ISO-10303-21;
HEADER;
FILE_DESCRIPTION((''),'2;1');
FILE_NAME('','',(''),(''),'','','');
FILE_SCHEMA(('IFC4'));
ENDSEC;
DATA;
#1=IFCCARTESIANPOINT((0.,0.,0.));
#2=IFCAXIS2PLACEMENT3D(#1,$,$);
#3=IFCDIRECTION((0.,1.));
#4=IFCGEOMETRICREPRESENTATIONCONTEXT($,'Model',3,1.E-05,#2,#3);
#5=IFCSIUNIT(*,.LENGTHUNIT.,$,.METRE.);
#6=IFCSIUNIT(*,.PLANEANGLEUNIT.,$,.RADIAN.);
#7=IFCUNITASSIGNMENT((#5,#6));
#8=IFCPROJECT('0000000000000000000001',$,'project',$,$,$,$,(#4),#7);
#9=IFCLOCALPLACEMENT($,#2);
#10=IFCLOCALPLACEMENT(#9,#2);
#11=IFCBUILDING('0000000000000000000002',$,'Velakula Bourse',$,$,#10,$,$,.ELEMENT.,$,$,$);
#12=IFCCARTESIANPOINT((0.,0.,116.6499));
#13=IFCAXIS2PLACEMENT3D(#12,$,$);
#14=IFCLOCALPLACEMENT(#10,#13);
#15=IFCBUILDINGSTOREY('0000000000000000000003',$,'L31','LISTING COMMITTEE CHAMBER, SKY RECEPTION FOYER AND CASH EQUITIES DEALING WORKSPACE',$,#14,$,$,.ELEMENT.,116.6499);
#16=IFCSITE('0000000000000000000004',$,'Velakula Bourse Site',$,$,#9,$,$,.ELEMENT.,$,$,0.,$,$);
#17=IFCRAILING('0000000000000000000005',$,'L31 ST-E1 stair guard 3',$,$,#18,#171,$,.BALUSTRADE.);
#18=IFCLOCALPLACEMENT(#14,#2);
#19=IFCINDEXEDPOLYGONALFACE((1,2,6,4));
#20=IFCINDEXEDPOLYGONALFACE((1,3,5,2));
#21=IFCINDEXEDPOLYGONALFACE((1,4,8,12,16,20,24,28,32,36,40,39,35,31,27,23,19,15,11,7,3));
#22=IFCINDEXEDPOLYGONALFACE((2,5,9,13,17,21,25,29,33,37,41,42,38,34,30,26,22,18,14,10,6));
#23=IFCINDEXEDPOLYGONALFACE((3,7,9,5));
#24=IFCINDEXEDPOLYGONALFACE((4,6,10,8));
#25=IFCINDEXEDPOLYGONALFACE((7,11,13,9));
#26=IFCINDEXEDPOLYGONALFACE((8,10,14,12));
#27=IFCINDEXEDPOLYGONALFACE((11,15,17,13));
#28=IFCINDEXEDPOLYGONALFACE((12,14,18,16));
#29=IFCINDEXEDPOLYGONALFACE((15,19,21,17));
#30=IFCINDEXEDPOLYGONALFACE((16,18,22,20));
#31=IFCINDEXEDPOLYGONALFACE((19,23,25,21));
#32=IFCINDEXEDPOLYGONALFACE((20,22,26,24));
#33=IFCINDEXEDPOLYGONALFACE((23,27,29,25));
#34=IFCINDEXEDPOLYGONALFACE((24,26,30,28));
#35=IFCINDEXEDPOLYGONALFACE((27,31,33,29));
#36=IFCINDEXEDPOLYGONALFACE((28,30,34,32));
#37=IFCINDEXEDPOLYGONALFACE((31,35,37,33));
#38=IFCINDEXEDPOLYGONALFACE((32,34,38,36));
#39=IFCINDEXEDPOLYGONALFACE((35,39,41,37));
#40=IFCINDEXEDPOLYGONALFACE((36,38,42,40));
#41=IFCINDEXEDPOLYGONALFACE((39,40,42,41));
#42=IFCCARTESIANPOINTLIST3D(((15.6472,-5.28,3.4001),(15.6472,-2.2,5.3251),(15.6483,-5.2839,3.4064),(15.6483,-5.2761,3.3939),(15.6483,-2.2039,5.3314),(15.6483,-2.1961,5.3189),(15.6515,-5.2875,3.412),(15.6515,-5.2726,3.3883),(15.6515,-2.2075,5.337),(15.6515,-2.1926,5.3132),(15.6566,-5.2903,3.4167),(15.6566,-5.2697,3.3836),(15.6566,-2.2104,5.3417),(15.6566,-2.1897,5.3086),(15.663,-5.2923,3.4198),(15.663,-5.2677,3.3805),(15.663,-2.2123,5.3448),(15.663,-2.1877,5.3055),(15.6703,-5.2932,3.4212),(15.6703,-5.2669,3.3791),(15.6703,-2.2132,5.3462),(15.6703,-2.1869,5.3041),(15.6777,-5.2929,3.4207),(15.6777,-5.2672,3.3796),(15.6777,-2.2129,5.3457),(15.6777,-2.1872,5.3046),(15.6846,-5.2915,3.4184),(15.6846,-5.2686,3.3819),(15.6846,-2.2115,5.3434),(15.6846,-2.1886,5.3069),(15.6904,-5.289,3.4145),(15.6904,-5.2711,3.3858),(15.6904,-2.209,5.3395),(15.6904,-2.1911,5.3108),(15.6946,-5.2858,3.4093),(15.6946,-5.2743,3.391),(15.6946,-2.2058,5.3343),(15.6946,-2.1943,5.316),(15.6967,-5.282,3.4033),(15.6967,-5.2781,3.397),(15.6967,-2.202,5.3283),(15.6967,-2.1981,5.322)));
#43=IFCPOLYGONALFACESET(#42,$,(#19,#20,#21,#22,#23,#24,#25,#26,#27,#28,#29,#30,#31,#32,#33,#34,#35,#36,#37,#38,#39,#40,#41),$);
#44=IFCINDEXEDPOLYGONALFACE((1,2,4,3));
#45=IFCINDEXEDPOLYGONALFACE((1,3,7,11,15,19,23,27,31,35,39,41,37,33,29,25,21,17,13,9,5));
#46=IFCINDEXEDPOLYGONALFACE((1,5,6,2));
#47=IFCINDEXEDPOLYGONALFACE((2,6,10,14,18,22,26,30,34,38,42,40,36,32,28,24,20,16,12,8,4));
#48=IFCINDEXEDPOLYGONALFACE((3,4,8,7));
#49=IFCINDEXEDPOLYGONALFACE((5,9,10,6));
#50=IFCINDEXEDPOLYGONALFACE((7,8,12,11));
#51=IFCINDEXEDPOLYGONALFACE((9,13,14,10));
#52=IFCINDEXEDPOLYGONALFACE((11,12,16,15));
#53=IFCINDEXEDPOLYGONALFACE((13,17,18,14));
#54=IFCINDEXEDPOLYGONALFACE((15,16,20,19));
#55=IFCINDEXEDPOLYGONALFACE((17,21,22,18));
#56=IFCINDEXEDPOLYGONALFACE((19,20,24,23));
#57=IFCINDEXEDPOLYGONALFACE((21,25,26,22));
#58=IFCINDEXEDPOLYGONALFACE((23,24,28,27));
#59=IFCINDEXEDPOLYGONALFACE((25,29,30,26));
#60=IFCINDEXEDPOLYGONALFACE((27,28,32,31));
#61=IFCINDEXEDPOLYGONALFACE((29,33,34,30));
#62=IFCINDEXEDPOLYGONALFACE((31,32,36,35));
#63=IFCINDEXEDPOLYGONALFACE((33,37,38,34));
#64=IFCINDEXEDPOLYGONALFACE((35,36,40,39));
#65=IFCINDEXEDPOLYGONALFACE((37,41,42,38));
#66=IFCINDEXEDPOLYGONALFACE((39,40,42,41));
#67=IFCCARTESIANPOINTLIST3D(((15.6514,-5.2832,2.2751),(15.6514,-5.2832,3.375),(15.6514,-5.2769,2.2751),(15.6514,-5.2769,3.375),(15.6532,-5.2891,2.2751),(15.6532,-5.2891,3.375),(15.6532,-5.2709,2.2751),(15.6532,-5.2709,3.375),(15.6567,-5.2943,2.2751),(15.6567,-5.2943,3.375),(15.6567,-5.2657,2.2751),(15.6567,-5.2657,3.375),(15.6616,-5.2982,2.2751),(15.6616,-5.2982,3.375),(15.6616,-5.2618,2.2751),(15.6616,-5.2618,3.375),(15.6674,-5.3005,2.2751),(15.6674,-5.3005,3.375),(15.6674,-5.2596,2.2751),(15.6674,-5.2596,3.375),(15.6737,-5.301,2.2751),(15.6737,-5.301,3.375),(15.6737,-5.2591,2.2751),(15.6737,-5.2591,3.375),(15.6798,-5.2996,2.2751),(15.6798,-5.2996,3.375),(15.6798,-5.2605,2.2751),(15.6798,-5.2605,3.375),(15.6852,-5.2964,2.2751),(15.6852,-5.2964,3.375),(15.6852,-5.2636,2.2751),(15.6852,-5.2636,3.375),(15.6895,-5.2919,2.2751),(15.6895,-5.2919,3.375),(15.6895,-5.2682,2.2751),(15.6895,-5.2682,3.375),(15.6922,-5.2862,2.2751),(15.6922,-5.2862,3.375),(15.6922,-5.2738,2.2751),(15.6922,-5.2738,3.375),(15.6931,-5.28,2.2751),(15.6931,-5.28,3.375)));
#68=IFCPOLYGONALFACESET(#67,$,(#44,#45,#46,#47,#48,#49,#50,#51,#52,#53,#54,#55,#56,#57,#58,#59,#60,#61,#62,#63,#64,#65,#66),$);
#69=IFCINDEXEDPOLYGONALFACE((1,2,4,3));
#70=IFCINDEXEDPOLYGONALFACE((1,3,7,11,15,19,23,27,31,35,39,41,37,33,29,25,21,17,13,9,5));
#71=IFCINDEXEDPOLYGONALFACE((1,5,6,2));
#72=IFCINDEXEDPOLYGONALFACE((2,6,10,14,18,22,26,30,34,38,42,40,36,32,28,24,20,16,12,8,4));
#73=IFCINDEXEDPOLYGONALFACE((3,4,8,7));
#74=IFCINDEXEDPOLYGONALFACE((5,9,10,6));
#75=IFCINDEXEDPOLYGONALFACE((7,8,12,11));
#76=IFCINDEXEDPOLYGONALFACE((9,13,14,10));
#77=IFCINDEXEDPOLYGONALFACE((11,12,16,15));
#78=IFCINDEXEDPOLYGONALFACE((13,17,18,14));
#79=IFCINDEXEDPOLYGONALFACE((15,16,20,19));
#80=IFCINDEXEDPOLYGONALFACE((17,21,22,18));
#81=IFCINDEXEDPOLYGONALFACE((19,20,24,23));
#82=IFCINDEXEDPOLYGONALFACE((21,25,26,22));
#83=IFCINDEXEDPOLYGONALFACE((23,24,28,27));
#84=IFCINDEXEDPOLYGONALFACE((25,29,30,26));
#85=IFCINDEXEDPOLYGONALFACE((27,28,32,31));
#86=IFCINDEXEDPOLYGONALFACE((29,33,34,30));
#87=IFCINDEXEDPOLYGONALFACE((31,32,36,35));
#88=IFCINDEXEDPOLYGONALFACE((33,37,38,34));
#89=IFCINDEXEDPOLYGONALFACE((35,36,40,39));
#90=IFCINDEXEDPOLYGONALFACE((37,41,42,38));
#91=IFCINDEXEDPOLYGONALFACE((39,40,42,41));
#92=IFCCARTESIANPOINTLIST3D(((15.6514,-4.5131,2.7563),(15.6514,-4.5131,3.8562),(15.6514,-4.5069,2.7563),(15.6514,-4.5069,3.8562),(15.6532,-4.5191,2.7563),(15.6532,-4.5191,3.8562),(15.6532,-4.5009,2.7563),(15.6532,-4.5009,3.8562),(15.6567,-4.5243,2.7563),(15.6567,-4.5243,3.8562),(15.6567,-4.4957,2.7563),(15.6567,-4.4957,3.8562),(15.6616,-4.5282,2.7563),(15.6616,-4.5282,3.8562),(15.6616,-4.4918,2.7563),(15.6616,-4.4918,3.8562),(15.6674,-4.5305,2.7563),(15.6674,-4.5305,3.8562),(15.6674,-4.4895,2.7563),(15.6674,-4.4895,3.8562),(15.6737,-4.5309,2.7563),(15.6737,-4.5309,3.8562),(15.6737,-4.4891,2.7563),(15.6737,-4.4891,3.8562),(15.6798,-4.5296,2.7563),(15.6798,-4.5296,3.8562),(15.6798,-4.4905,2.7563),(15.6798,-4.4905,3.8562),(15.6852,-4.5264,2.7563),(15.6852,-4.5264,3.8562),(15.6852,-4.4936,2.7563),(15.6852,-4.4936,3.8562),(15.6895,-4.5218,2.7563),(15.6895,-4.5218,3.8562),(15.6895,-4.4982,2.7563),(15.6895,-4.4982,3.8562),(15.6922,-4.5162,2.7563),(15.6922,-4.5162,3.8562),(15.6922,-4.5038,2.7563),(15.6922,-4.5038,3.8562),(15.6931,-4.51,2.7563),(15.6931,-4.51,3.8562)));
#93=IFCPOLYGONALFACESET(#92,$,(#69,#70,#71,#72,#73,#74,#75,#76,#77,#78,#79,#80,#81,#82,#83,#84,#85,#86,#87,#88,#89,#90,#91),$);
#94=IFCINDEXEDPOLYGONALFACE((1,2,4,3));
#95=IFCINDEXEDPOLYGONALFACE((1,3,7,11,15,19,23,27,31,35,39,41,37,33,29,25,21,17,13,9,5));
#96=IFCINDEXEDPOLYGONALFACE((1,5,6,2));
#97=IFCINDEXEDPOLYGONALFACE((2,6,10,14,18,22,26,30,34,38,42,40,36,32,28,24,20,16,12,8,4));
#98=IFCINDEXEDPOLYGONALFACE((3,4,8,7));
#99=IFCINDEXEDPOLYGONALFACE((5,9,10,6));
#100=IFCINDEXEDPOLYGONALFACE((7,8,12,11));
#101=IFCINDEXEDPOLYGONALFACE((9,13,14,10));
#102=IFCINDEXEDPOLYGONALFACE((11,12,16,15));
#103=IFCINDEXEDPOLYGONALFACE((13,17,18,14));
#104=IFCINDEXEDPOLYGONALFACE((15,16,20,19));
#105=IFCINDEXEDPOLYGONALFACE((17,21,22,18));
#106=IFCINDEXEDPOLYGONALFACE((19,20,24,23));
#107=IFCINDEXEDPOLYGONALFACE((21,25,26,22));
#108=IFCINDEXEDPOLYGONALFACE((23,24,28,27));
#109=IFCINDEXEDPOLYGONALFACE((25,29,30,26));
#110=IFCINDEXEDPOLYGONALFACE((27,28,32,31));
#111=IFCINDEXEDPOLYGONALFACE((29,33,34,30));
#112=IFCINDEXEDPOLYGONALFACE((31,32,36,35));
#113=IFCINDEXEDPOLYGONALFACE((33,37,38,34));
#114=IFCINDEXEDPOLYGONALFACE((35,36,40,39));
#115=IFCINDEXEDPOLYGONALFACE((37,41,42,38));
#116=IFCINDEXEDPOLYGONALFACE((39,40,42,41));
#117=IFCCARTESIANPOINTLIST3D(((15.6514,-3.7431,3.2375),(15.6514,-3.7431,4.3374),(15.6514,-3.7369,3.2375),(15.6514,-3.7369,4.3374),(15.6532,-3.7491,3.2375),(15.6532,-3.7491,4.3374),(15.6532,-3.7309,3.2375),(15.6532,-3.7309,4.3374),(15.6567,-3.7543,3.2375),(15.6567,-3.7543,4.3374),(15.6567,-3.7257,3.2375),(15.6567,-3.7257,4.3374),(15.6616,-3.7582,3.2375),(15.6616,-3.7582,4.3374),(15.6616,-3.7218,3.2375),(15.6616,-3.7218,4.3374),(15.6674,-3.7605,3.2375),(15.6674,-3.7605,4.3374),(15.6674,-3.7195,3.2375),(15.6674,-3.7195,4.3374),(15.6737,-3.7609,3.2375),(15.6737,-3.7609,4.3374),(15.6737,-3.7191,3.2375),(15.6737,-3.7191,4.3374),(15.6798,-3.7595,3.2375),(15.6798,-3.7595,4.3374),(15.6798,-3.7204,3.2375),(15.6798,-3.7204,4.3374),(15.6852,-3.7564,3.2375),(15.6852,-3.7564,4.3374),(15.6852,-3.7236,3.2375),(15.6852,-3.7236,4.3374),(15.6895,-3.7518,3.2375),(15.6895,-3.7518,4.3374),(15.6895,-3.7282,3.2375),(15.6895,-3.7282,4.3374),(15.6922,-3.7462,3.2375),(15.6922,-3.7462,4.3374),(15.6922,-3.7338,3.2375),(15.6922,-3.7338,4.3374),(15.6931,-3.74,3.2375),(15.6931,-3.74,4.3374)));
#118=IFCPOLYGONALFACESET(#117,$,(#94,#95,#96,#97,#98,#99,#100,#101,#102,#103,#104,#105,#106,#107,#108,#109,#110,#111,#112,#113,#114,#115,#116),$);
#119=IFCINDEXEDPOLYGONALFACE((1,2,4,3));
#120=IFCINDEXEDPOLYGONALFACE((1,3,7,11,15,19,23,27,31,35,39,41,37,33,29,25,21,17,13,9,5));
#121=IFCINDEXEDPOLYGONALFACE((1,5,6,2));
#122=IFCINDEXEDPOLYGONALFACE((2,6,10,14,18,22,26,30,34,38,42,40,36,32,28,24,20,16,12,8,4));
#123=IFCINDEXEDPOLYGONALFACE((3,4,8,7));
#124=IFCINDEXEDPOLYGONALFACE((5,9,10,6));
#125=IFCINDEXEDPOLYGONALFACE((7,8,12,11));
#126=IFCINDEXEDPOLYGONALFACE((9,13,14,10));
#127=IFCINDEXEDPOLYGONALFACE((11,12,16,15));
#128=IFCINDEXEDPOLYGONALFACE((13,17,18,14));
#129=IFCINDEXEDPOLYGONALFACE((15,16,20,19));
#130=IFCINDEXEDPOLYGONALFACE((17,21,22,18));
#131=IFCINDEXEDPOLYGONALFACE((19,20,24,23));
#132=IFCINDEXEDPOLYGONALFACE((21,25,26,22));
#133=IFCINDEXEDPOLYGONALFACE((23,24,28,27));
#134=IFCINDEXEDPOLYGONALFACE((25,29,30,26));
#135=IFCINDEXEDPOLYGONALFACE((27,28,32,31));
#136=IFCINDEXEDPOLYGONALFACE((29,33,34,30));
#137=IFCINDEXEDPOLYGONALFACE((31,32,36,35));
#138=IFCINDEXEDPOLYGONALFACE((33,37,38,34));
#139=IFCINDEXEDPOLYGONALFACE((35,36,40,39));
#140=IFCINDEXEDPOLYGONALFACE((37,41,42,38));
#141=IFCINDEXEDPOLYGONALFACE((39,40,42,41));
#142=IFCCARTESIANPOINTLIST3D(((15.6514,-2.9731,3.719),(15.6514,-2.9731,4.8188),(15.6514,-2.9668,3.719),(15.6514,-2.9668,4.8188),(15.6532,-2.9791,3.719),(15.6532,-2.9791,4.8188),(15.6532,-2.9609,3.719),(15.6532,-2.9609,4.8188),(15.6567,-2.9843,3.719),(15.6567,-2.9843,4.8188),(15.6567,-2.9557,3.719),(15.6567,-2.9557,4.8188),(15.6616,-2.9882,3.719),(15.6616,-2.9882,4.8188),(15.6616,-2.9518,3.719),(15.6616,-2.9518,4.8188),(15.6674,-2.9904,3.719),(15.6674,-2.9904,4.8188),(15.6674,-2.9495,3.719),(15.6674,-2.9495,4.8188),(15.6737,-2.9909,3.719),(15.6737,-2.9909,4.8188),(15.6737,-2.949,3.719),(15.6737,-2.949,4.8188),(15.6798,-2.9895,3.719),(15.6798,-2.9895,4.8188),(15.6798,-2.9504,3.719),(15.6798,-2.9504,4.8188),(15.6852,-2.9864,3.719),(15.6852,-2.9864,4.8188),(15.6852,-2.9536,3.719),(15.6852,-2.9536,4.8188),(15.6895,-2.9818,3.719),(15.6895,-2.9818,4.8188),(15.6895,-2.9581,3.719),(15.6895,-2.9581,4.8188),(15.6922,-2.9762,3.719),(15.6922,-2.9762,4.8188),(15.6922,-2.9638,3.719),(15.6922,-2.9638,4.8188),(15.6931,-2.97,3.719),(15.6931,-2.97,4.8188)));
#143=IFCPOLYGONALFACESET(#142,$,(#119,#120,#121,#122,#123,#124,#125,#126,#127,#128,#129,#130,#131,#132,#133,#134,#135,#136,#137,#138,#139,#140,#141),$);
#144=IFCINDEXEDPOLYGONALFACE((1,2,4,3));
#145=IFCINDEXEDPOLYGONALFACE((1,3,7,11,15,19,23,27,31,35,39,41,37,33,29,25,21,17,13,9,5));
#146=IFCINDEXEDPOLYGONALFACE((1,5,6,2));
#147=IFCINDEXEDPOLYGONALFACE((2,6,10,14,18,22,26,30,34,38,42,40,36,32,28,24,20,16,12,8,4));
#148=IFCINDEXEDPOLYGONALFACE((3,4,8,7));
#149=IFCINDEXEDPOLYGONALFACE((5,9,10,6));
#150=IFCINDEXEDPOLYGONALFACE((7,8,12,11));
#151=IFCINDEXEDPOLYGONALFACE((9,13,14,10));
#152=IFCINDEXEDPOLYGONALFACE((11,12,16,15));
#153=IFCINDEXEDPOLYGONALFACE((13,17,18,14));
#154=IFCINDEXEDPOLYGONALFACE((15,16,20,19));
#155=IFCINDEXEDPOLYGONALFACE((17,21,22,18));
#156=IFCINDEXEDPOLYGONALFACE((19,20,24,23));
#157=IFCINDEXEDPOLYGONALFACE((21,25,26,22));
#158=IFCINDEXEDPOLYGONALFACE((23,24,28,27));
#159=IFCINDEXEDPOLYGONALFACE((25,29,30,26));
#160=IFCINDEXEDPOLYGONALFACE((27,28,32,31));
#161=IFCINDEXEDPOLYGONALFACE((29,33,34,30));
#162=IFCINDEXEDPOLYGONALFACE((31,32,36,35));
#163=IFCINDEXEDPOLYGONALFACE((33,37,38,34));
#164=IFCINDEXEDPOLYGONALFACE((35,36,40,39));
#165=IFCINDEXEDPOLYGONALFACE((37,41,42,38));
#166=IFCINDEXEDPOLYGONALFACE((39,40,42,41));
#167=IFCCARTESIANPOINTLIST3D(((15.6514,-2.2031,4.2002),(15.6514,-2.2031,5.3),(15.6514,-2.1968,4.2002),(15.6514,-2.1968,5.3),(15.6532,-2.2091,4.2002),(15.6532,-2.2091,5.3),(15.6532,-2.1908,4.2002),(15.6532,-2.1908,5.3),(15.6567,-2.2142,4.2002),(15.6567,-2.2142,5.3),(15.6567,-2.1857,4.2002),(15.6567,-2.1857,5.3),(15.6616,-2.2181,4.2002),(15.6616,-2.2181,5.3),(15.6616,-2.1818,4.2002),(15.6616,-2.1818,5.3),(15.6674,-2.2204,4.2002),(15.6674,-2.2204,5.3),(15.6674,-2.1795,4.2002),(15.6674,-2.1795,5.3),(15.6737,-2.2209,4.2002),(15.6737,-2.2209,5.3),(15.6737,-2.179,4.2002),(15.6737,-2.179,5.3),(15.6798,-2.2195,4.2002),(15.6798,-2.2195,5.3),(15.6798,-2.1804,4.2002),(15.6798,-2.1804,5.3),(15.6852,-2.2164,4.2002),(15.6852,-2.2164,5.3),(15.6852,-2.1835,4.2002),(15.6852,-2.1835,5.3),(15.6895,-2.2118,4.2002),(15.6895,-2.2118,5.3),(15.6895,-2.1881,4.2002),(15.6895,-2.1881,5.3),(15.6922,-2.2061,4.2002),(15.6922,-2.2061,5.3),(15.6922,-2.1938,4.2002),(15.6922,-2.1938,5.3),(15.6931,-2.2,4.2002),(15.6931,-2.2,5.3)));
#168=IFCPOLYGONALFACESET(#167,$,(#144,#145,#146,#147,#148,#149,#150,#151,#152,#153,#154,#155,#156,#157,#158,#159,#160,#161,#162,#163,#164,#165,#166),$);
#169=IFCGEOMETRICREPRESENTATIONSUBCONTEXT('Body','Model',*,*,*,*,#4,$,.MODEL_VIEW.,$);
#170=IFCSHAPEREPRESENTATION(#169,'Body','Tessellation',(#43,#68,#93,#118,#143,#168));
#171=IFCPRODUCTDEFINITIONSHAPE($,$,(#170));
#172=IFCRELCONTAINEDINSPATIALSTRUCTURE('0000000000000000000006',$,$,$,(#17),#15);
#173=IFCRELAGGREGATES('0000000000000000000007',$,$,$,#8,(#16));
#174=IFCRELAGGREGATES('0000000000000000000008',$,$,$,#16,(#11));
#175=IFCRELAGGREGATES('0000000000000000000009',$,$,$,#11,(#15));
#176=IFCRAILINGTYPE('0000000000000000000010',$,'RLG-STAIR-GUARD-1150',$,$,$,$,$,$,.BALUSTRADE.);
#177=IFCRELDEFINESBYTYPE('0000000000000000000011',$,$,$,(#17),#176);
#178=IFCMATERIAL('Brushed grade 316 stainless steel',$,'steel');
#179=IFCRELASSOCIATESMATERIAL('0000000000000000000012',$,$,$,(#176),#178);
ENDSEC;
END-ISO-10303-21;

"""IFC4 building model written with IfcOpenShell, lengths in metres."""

from ifc_helpers import new_model, si_unit, direction, frame, origin, origin_2d, place, context, subcontext, project, spatial, circle, extrude, material, type_object, element, save


model = new_model("IFC4")

# Units and contexts
model_context = context("Model", 3, precision=1e-05, world=origin(), true_north=direction((0.0, 1.0)))
body_context = subcontext(model_context, "Body", "Model", "MODEL_VIEW")
ifc_project = project(units=[si_unit("LENGTHUNIT", "METRE"), si_unit("PLANEANGLEUNIT", "RADIAN")], contexts=[model_context])

# Site, building, storey
site_placement = place(None, origin())
site = spatial("IfcSite", under=ifc_project, at=site_placement, Name="Velakula Bourse Site", CompositionType="ELEMENT", RefElevation=0.0)
building_placement = place(site_placement, origin())
building = spatial("IfcBuilding", under=site, at=building_placement, Name="Velakula Bourse", CompositionType="ELEMENT")
storey_placement = place(building_placement, frame((0.0, 0.0, 116.6499)))
storey = spatial("IfcBuildingStorey", under=building, at=storey_placement, Name="L31", Description="LISTING COMMITTEE CHAMBER, SKY RECEPTION FOYER AND CASH EQUITIES DEALING WORKSPACE", CompositionType="ELEMENT", Elevation=116.6499)

# Shared definitions
ifc_material_1 = material(Name="Brushed grade 316 stainless steel", Category="steel")

# Railing
railing_type_1 = type_object("IfcRailingType", Name="RLG-STAIR-GUARD-1150", PredefinedType="BALUSTRADE", material=ifc_material_1)
railing_1_placement = place(storey_placement, frame((15.6721, -5.28, 2.2751)))
element("IfcRailing", 1, at=railing_1_placement, inside=storey, type_object=railing_type_1, Name="L31 ST-E1 stair guard 3", PredefinedType="BALUSTRADE", context=body_context, shape_type="SweptSolid", body=[
    extrude(circle(Radius=0.0249, at=origin_2d()), frame((0.0, 0.0, 1.125), z_axis=(0.0, 0.847998, 0.529999), x_axis=(-1.0, 0.0, 0.0)), (0.0, 0.0, 1.0), 3.6321),
    extrude(circle(Radius=0.021, at=origin_2d()), origin(), (0.0, 0.0, 1.0), 1.0999),
    extrude(circle(Radius=0.021, at=origin_2d()), frame((0.0, 0.77, 0.4812)), (0.0, 0.0, 1.0), 1.0999),
    extrude(circle(Radius=0.021, at=origin_2d()), frame((0.0, 1.54, 0.9624)), (0.0, 0.0, 1.0), 1.0999),
    extrude(circle(Radius=0.021, at=origin_2d()), frame((0.0, 2.3101, 1.4438)), (0.0, 0.0, 1.0), 1.0999),
    extrude(circle(Radius=0.021, at=origin_2d()), frame((0.0, 3.0801, 1.925)), (0.0, 0.0, 1.0), 1.0999),
])

save(model, "model.ifc")
